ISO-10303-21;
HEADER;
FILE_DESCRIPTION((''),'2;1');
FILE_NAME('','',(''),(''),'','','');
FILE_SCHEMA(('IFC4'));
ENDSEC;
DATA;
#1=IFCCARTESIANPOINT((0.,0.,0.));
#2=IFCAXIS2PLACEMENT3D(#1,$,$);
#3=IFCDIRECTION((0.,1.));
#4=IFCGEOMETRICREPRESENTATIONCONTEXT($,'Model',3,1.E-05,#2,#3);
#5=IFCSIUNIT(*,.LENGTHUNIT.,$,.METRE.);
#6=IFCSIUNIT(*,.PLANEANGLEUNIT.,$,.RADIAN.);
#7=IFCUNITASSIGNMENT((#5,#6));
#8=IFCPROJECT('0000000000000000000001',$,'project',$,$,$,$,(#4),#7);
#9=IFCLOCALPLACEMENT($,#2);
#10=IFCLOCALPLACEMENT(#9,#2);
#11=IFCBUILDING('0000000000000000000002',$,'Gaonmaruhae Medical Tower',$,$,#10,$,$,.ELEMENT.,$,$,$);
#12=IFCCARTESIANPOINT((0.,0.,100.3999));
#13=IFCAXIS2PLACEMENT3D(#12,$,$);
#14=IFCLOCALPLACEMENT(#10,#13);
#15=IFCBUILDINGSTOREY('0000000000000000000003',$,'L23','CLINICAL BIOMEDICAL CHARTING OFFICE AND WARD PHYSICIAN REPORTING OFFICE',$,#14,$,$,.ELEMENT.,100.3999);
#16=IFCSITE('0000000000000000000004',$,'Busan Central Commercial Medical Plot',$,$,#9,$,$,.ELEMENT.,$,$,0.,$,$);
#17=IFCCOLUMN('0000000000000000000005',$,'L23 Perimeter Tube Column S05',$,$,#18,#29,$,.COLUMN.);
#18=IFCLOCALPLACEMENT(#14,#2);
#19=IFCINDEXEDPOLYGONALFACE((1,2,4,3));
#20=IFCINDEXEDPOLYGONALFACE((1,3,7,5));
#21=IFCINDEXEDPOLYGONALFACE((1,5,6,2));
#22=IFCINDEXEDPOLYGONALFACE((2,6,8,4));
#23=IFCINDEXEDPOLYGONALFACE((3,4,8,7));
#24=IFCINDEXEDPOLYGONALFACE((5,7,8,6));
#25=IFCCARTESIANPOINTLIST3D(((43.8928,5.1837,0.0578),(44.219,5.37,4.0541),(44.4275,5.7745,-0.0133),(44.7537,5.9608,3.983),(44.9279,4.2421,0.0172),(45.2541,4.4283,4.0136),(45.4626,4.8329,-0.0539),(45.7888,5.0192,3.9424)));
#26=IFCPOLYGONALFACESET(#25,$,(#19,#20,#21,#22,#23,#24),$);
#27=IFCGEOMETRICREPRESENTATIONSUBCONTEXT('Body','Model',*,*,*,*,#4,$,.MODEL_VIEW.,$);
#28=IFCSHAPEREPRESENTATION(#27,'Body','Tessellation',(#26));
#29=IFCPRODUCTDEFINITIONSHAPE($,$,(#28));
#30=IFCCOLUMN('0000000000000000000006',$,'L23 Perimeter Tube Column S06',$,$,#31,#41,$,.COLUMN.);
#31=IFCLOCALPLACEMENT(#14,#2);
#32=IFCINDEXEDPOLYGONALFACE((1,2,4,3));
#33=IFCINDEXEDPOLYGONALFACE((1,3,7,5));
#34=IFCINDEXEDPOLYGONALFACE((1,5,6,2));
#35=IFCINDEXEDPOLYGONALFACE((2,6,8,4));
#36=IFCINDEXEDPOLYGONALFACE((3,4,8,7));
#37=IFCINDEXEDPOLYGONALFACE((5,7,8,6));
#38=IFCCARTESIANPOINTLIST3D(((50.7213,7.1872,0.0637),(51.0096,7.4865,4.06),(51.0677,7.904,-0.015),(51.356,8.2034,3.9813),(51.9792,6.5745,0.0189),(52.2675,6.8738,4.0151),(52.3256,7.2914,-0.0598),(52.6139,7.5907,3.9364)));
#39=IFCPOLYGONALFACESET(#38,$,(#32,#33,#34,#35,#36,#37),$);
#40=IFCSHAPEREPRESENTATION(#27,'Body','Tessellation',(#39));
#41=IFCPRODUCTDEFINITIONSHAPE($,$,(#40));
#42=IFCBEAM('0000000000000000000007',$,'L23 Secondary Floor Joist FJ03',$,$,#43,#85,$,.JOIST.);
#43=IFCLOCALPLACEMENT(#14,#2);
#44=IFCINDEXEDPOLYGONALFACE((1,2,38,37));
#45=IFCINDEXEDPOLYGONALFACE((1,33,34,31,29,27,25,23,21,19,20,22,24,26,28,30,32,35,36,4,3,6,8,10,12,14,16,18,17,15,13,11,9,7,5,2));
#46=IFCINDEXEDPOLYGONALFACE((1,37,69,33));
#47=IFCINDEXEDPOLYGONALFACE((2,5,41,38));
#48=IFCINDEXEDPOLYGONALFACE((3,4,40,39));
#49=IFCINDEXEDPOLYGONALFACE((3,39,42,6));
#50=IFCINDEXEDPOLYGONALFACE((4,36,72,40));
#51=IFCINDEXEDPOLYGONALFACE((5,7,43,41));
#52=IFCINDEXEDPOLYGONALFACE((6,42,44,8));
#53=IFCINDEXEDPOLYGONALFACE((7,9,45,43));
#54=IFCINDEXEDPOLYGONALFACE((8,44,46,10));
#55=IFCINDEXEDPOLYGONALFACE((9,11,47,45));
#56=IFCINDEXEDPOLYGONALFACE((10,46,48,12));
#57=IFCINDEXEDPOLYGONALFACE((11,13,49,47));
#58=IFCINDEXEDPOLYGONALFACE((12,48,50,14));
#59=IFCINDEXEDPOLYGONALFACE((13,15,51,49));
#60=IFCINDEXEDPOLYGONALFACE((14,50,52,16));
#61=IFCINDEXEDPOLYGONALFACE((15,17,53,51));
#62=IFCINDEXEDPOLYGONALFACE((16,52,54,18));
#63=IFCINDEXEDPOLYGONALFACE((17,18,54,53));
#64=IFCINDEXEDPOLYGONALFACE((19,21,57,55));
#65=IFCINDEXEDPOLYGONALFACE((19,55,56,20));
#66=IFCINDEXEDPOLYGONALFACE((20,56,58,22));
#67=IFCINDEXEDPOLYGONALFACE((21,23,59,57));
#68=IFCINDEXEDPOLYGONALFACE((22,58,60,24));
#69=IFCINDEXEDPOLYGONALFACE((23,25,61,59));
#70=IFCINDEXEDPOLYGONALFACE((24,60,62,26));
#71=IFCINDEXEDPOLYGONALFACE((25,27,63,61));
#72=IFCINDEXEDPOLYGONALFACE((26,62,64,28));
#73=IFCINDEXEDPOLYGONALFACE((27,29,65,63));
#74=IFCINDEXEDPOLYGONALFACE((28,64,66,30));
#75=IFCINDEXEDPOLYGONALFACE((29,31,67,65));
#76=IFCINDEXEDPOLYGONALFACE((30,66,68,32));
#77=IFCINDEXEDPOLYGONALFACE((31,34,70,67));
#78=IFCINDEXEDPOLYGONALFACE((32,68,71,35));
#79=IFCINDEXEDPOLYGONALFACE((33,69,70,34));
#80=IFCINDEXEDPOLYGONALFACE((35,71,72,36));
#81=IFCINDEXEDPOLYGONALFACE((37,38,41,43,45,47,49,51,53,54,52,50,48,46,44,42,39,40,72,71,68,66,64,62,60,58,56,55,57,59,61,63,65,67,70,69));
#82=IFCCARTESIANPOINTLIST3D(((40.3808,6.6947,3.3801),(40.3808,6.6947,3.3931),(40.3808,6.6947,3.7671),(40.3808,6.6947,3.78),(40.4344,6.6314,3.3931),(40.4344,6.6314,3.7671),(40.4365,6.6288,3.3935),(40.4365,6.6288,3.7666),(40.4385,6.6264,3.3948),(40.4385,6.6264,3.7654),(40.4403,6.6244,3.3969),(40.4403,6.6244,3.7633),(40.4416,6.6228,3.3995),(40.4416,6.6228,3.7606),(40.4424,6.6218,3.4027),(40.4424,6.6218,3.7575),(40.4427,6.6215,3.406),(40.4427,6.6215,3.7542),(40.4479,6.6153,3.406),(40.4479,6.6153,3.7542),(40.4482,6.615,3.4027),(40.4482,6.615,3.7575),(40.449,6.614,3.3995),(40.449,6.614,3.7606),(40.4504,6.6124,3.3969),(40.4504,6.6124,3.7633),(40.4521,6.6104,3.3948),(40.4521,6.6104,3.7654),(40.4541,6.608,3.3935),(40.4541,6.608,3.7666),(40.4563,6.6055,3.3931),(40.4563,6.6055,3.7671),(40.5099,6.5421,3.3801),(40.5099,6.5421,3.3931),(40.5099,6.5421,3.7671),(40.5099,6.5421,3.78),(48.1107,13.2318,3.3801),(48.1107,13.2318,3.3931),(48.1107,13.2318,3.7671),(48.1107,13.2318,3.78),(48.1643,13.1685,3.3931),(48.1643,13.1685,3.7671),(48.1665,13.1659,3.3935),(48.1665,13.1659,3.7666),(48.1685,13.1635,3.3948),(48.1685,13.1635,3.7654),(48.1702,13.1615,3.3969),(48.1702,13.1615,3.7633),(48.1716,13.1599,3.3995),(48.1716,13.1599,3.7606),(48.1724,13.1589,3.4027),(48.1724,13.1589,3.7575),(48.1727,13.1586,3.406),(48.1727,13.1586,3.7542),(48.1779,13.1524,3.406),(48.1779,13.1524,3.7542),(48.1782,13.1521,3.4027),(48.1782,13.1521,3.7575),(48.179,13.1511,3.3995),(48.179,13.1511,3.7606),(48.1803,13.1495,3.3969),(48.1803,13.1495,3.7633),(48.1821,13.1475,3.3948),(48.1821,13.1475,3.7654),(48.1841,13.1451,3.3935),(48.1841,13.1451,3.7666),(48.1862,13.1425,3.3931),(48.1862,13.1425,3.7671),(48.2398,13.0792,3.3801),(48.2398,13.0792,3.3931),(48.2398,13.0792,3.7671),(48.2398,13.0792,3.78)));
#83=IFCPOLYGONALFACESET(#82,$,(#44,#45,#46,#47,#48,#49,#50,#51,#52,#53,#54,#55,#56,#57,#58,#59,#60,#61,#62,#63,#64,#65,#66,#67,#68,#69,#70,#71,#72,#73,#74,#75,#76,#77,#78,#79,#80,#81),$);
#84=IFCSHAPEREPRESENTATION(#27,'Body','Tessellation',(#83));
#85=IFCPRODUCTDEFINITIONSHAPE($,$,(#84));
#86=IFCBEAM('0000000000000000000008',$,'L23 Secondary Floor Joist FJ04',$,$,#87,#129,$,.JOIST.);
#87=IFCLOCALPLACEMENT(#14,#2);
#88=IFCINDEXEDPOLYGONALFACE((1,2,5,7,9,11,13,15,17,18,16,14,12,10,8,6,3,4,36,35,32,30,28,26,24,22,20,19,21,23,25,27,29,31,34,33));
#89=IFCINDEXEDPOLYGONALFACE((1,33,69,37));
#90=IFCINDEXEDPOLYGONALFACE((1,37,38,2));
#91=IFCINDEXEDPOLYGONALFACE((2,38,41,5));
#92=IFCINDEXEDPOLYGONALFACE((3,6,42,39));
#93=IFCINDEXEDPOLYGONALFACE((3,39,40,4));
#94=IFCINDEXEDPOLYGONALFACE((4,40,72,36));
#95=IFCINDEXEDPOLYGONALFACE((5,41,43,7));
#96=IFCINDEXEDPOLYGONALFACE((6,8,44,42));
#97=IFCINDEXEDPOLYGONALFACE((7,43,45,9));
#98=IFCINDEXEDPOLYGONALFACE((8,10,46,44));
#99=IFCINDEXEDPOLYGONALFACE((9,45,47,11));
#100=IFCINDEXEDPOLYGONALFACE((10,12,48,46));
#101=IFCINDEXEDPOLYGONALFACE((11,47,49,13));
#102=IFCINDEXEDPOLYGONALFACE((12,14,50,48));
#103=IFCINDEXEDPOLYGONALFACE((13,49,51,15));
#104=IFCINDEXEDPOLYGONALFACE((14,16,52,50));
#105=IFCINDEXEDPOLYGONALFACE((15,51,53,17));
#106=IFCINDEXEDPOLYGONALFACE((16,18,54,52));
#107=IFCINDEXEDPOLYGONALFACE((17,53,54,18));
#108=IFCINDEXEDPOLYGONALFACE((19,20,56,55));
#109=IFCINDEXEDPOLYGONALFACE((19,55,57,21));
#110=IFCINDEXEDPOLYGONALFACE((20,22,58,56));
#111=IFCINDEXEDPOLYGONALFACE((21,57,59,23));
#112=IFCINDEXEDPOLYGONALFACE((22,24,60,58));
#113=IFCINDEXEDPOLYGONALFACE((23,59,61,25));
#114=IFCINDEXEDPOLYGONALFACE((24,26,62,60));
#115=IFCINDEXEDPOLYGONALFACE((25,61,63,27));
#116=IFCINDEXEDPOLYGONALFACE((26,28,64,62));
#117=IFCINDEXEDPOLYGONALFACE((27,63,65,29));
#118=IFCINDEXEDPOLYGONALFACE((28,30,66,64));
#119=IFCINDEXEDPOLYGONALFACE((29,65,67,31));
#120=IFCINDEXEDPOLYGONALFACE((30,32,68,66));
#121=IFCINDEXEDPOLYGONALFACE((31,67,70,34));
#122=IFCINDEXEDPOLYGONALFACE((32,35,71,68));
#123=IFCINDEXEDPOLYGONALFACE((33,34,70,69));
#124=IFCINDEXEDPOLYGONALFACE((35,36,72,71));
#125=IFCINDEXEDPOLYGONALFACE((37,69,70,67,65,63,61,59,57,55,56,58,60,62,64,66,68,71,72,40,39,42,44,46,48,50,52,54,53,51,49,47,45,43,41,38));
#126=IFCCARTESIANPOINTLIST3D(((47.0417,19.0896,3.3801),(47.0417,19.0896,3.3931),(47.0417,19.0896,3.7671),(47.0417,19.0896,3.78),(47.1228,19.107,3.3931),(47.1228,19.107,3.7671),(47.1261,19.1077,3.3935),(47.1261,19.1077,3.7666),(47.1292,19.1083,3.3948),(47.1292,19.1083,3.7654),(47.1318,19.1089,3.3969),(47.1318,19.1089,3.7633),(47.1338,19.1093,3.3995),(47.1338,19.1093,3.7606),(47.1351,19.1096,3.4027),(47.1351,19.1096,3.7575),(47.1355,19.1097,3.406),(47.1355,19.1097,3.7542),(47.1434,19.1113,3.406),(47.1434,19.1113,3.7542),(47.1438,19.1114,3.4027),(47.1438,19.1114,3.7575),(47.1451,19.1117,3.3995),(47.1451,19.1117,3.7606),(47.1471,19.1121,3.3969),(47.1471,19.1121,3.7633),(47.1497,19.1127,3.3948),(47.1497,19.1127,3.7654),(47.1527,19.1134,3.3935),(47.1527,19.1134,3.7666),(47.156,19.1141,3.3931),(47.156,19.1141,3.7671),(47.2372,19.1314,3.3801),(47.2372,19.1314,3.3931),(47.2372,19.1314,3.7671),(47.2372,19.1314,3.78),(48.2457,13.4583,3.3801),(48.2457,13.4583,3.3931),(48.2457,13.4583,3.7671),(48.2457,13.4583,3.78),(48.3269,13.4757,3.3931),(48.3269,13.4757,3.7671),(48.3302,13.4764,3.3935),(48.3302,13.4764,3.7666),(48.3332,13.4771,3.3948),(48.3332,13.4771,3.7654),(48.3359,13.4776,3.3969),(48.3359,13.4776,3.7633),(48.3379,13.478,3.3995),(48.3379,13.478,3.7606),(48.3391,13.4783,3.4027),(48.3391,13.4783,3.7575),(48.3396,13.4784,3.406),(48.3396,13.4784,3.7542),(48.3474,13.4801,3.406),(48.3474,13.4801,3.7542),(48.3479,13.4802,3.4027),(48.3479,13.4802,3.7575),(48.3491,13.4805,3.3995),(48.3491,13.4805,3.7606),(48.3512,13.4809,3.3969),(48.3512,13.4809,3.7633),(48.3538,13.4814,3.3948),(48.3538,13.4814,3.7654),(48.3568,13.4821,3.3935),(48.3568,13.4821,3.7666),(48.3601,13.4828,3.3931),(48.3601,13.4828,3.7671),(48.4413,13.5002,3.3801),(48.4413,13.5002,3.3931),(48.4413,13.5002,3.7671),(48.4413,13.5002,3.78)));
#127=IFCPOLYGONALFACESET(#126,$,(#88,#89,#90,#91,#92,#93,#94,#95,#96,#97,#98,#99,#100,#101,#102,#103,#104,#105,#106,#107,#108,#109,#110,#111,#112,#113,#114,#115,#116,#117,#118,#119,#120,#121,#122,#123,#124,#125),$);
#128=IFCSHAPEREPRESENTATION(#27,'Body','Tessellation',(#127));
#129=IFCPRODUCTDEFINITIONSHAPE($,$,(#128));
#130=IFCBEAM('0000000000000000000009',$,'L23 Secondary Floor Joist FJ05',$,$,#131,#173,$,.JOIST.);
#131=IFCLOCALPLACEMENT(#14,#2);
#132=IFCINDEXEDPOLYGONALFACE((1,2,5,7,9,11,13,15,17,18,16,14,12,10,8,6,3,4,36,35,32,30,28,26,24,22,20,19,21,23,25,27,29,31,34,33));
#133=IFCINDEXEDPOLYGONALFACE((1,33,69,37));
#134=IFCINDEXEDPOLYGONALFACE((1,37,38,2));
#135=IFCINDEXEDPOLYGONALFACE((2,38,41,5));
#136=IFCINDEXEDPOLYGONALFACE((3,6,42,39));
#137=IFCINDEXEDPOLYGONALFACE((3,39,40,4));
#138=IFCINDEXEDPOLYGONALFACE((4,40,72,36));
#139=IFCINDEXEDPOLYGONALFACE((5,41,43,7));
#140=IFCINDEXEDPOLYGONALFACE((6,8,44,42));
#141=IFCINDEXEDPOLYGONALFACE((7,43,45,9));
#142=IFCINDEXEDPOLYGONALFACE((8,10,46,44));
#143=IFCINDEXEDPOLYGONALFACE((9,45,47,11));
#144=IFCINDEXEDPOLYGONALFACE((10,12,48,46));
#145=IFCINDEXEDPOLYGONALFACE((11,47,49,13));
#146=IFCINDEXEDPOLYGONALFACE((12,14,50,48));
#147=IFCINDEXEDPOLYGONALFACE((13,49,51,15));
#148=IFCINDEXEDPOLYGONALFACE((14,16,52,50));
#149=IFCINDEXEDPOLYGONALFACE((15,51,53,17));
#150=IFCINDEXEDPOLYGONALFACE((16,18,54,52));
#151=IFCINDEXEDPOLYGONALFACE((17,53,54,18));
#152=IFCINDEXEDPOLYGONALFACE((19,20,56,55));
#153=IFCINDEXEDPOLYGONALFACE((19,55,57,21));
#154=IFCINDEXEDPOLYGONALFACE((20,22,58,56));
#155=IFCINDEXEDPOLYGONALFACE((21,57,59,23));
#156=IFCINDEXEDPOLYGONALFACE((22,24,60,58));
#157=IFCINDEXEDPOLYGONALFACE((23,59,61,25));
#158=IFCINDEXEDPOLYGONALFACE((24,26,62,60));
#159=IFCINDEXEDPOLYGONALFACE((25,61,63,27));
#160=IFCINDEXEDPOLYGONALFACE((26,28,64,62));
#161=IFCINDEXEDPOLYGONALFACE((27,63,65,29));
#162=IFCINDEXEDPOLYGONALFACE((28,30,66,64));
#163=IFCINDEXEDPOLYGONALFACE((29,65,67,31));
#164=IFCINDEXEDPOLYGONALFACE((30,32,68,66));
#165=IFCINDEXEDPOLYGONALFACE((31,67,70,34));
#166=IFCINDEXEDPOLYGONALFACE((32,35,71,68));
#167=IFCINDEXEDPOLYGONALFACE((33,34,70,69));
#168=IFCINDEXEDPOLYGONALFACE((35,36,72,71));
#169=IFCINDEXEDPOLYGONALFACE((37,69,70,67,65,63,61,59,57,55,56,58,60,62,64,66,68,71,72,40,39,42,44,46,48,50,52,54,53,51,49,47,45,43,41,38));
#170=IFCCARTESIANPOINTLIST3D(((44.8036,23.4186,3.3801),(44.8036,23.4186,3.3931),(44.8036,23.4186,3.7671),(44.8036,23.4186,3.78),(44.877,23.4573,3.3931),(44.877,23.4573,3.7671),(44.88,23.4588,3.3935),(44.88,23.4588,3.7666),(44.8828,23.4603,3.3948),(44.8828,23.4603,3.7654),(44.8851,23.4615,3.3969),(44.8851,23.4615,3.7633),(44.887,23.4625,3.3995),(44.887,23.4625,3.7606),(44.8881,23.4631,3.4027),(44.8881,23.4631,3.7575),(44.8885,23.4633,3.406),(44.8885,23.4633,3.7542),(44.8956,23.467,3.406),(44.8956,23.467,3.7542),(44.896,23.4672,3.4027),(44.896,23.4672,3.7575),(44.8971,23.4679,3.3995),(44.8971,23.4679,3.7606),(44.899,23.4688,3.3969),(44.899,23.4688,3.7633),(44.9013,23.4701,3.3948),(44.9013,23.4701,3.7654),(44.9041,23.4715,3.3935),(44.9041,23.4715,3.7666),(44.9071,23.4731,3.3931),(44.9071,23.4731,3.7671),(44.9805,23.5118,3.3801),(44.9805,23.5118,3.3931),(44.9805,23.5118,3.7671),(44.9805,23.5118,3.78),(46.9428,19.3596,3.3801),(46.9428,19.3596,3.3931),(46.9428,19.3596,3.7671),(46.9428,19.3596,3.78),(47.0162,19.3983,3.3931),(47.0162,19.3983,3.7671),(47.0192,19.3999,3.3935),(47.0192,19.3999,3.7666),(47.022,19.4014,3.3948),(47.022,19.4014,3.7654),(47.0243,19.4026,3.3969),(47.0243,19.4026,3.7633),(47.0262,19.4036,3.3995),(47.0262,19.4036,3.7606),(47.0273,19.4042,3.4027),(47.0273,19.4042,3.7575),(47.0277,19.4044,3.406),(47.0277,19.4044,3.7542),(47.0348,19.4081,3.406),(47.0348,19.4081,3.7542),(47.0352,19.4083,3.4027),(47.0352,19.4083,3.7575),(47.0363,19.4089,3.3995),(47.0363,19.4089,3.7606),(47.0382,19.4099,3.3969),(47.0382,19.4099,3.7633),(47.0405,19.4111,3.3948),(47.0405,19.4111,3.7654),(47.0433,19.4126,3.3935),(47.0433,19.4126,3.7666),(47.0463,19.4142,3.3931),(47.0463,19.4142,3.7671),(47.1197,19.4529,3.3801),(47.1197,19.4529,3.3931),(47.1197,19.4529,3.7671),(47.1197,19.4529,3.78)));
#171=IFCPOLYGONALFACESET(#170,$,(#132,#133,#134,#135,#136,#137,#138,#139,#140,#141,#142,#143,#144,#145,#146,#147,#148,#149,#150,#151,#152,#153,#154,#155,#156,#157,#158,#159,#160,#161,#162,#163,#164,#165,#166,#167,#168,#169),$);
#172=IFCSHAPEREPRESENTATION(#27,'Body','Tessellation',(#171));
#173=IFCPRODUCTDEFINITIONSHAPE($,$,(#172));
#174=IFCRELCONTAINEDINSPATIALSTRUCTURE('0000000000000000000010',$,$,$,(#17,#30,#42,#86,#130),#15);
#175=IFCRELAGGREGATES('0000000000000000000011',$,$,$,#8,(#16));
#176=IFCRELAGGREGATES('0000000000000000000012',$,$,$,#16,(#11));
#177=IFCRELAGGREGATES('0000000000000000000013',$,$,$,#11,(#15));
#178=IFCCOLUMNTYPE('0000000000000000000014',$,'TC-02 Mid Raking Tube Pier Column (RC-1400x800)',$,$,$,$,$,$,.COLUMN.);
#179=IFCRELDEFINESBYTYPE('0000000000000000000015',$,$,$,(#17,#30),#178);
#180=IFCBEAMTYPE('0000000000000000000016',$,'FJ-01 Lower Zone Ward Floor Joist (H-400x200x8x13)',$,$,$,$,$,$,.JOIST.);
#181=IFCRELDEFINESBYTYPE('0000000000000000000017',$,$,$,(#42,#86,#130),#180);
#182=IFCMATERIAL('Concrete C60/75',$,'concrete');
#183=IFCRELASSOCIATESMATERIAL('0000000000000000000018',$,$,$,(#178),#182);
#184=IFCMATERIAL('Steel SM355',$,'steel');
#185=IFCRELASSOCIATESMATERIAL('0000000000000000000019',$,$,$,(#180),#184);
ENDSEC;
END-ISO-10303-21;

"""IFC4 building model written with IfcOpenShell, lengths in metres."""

from ifc_helpers import new_model, si_unit, direction, frame, origin, origin_2d, place, context, subcontext, project, spatial, rectangle, i_section, extrude, material, material_profile, profile_set, type_object, element, save


model = new_model("IFC4")

# Units and contexts
model_context = context("Model", 3, precision=1e-05, world=origin(), true_north=direction((0.0, 1.0)))
body_context = subcontext(model_context, "Body", "Model", "MODEL_VIEW")
ifc_project = project(units=[si_unit("LENGTHUNIT", "METRE"), si_unit("PLANEANGLEUNIT", "RADIAN")], contexts=[model_context])

# Site, building, storey
site_placement = place(None, origin())
site = spatial("IfcSite", under=ifc_project, at=site_placement, Name="Busan Central Commercial Medical Plot", CompositionType="ELEMENT", RefElevation=0.0)
building_placement = place(site_placement, origin())
building = spatial("IfcBuilding", under=site, at=building_placement, Name="Gaonmaruhae Medical Tower", CompositionType="ELEMENT")
storey_placement = place(building_placement, frame((0.0, 0.0, 100.3999)))
storey = spatial("IfcBuildingStorey", under=building, at=storey_placement, Name="L23", Description="CLINICAL BIOMEDICAL CHARTING OFFICE AND WARD PHYSICIAN REPORTING OFFICE", CompositionType="ELEMENT", Elevation=100.3999)

# Columns
ifc_material_1 = material(Name="Concrete C60/75", Category="concrete")
ifc_material_profile_1 = material_profile(ifc_material_1, rectangle(XDim=1.3999, YDim=0.8, at=origin_2d()), Name="RC-1400x800")
ifc_profile_set_1 = profile_set([ifc_material_profile_1], Name="Concrete C60/75")
column_type = type_object("IfcColumnType", Name="TC-02 Mid Raking Tube Pier Column (RC-1400x800)", PredefinedType="COLUMN", material=ifc_profile_set_1)
column_1_placement = place(storey_placement, frame((44.6777, 5.0083, 0.002), z_axis=(0.08126, 0.046408, 0.995612), x_axis=(-0.739401, 0.67264, 0.028995)))
element("IfcColumn", 1, at=column_1_placement, inside=storey, type_object=column_type, Name="L23 Perimeter Tube Column S05", PredefinedType="COLUMN", context=body_context, shape_type="SweptSolid", body=[
    extrude(rectangle(XDim=1.3999, YDim=0.8, at=origin_2d()), origin(), (0.0, 0.0, 1.0), 4.0139),
])
column_2_placement = place(storey_placement, frame((51.5234, 7.2393, 0.002), z_axis=(0.071762, 0.074496, 0.994636), x_axis=(-0.898565, 0.437668, 0.03205)))
element("IfcColumn", 2, at=column_2_placement, inside=storey, type_object=column_type, Name="L23 Perimeter Tube Column S06", PredefinedType="COLUMN", context=body_context, shape_type="SweptSolid", body=[
    extrude(rectangle(XDim=1.3999, YDim=0.8, at=origin_2d()), origin(), (0.0, 0.0, 1.0), 4.0178),
])

# Beams
ifc_material_2 = material(Name="Steel SM355", Category="steel")
ifc_material_profile_2 = material_profile(ifc_material_2, i_section(OverallWidth=0.2, OverallDepth=0.3999, WebThickness=0.0081, FlangeThickness=0.0129, FilletRadius=0.0129, at=origin_2d()), Name="H-400x200x8x13")
ifc_profile_set_2 = profile_set([ifc_material_profile_2], Name="Steel SM355")
beam_type_1 = type_object("IfcBeamType", Name="FJ-01 Lower Zone Ward Floor Joist (H-400x200x8x13)", PredefinedType="JOIST", material=ifc_profile_set_2)
beam_1_placement = place(storey_placement, frame((40.4453, 6.6184, 3.5801), z_axis=(0.763564, 0.645732, 0.0), x_axis=(-0.645732, 0.763564, 0.0)))
element("IfcBeam", 3, at=beam_1_placement, inside=storey, type_object=beam_type_1, Name="L23 Secondary Floor Joist FJ03", PredefinedType="JOIST", context=body_context, shape_type="SweptSolid", body=[
    extrude(i_section(OverallWidth=0.2, OverallDepth=0.3999, WebThickness=0.0081, FlangeThickness=0.0129, FilletRadius=0.0129, at=origin_2d()), origin(), (0.0, 0.0, 1.0), 10.1235),
])
beam_2_placement = place(storey_placement, frame((48.3435, 13.4792, 3.5801), z_axis=(-0.209095, 0.977895, 0.0), x_axis=(-0.977895, -0.209095, 0.0)))
element("IfcBeam", 4, at=beam_2_placement, inside=storey, type_object=beam_type_1, Name="L23 Secondary Floor Joist FJ04", PredefinedType="JOIST", context=body_context, shape_type="SweptSolid", body=[
    extrude(i_section(OverallWidth=0.2, OverallDepth=0.3999, WebThickness=0.0081, FlangeThickness=0.0129, FilletRadius=0.0129, at=origin_2d()), origin(), (0.0, 0.0, 1.0), 5.7585),
])
beam_3_placement = place(storey_placement, frame((47.0312, 19.4062, 3.5801), z_axis=(-0.466246, 0.884655, 0.0), x_axis=(-0.884655, -0.466246, 0.0)))
element("IfcBeam", 5, at=beam_3_placement, inside=storey, type_object=beam_type_1, Name="L23 Secondary Floor Joist FJ05", PredefinedType="JOIST", context=body_context, shape_type="SweptSolid", body=[
    extrude(i_section(OverallWidth=0.2, OverallDepth=0.3999, WebThickness=0.0081, FlangeThickness=0.0129, FilletRadius=0.0129, at=origin_2d()), origin(), (0.0, 0.0, 1.0), 4.5881),
])

save(model, "model.ifc")
